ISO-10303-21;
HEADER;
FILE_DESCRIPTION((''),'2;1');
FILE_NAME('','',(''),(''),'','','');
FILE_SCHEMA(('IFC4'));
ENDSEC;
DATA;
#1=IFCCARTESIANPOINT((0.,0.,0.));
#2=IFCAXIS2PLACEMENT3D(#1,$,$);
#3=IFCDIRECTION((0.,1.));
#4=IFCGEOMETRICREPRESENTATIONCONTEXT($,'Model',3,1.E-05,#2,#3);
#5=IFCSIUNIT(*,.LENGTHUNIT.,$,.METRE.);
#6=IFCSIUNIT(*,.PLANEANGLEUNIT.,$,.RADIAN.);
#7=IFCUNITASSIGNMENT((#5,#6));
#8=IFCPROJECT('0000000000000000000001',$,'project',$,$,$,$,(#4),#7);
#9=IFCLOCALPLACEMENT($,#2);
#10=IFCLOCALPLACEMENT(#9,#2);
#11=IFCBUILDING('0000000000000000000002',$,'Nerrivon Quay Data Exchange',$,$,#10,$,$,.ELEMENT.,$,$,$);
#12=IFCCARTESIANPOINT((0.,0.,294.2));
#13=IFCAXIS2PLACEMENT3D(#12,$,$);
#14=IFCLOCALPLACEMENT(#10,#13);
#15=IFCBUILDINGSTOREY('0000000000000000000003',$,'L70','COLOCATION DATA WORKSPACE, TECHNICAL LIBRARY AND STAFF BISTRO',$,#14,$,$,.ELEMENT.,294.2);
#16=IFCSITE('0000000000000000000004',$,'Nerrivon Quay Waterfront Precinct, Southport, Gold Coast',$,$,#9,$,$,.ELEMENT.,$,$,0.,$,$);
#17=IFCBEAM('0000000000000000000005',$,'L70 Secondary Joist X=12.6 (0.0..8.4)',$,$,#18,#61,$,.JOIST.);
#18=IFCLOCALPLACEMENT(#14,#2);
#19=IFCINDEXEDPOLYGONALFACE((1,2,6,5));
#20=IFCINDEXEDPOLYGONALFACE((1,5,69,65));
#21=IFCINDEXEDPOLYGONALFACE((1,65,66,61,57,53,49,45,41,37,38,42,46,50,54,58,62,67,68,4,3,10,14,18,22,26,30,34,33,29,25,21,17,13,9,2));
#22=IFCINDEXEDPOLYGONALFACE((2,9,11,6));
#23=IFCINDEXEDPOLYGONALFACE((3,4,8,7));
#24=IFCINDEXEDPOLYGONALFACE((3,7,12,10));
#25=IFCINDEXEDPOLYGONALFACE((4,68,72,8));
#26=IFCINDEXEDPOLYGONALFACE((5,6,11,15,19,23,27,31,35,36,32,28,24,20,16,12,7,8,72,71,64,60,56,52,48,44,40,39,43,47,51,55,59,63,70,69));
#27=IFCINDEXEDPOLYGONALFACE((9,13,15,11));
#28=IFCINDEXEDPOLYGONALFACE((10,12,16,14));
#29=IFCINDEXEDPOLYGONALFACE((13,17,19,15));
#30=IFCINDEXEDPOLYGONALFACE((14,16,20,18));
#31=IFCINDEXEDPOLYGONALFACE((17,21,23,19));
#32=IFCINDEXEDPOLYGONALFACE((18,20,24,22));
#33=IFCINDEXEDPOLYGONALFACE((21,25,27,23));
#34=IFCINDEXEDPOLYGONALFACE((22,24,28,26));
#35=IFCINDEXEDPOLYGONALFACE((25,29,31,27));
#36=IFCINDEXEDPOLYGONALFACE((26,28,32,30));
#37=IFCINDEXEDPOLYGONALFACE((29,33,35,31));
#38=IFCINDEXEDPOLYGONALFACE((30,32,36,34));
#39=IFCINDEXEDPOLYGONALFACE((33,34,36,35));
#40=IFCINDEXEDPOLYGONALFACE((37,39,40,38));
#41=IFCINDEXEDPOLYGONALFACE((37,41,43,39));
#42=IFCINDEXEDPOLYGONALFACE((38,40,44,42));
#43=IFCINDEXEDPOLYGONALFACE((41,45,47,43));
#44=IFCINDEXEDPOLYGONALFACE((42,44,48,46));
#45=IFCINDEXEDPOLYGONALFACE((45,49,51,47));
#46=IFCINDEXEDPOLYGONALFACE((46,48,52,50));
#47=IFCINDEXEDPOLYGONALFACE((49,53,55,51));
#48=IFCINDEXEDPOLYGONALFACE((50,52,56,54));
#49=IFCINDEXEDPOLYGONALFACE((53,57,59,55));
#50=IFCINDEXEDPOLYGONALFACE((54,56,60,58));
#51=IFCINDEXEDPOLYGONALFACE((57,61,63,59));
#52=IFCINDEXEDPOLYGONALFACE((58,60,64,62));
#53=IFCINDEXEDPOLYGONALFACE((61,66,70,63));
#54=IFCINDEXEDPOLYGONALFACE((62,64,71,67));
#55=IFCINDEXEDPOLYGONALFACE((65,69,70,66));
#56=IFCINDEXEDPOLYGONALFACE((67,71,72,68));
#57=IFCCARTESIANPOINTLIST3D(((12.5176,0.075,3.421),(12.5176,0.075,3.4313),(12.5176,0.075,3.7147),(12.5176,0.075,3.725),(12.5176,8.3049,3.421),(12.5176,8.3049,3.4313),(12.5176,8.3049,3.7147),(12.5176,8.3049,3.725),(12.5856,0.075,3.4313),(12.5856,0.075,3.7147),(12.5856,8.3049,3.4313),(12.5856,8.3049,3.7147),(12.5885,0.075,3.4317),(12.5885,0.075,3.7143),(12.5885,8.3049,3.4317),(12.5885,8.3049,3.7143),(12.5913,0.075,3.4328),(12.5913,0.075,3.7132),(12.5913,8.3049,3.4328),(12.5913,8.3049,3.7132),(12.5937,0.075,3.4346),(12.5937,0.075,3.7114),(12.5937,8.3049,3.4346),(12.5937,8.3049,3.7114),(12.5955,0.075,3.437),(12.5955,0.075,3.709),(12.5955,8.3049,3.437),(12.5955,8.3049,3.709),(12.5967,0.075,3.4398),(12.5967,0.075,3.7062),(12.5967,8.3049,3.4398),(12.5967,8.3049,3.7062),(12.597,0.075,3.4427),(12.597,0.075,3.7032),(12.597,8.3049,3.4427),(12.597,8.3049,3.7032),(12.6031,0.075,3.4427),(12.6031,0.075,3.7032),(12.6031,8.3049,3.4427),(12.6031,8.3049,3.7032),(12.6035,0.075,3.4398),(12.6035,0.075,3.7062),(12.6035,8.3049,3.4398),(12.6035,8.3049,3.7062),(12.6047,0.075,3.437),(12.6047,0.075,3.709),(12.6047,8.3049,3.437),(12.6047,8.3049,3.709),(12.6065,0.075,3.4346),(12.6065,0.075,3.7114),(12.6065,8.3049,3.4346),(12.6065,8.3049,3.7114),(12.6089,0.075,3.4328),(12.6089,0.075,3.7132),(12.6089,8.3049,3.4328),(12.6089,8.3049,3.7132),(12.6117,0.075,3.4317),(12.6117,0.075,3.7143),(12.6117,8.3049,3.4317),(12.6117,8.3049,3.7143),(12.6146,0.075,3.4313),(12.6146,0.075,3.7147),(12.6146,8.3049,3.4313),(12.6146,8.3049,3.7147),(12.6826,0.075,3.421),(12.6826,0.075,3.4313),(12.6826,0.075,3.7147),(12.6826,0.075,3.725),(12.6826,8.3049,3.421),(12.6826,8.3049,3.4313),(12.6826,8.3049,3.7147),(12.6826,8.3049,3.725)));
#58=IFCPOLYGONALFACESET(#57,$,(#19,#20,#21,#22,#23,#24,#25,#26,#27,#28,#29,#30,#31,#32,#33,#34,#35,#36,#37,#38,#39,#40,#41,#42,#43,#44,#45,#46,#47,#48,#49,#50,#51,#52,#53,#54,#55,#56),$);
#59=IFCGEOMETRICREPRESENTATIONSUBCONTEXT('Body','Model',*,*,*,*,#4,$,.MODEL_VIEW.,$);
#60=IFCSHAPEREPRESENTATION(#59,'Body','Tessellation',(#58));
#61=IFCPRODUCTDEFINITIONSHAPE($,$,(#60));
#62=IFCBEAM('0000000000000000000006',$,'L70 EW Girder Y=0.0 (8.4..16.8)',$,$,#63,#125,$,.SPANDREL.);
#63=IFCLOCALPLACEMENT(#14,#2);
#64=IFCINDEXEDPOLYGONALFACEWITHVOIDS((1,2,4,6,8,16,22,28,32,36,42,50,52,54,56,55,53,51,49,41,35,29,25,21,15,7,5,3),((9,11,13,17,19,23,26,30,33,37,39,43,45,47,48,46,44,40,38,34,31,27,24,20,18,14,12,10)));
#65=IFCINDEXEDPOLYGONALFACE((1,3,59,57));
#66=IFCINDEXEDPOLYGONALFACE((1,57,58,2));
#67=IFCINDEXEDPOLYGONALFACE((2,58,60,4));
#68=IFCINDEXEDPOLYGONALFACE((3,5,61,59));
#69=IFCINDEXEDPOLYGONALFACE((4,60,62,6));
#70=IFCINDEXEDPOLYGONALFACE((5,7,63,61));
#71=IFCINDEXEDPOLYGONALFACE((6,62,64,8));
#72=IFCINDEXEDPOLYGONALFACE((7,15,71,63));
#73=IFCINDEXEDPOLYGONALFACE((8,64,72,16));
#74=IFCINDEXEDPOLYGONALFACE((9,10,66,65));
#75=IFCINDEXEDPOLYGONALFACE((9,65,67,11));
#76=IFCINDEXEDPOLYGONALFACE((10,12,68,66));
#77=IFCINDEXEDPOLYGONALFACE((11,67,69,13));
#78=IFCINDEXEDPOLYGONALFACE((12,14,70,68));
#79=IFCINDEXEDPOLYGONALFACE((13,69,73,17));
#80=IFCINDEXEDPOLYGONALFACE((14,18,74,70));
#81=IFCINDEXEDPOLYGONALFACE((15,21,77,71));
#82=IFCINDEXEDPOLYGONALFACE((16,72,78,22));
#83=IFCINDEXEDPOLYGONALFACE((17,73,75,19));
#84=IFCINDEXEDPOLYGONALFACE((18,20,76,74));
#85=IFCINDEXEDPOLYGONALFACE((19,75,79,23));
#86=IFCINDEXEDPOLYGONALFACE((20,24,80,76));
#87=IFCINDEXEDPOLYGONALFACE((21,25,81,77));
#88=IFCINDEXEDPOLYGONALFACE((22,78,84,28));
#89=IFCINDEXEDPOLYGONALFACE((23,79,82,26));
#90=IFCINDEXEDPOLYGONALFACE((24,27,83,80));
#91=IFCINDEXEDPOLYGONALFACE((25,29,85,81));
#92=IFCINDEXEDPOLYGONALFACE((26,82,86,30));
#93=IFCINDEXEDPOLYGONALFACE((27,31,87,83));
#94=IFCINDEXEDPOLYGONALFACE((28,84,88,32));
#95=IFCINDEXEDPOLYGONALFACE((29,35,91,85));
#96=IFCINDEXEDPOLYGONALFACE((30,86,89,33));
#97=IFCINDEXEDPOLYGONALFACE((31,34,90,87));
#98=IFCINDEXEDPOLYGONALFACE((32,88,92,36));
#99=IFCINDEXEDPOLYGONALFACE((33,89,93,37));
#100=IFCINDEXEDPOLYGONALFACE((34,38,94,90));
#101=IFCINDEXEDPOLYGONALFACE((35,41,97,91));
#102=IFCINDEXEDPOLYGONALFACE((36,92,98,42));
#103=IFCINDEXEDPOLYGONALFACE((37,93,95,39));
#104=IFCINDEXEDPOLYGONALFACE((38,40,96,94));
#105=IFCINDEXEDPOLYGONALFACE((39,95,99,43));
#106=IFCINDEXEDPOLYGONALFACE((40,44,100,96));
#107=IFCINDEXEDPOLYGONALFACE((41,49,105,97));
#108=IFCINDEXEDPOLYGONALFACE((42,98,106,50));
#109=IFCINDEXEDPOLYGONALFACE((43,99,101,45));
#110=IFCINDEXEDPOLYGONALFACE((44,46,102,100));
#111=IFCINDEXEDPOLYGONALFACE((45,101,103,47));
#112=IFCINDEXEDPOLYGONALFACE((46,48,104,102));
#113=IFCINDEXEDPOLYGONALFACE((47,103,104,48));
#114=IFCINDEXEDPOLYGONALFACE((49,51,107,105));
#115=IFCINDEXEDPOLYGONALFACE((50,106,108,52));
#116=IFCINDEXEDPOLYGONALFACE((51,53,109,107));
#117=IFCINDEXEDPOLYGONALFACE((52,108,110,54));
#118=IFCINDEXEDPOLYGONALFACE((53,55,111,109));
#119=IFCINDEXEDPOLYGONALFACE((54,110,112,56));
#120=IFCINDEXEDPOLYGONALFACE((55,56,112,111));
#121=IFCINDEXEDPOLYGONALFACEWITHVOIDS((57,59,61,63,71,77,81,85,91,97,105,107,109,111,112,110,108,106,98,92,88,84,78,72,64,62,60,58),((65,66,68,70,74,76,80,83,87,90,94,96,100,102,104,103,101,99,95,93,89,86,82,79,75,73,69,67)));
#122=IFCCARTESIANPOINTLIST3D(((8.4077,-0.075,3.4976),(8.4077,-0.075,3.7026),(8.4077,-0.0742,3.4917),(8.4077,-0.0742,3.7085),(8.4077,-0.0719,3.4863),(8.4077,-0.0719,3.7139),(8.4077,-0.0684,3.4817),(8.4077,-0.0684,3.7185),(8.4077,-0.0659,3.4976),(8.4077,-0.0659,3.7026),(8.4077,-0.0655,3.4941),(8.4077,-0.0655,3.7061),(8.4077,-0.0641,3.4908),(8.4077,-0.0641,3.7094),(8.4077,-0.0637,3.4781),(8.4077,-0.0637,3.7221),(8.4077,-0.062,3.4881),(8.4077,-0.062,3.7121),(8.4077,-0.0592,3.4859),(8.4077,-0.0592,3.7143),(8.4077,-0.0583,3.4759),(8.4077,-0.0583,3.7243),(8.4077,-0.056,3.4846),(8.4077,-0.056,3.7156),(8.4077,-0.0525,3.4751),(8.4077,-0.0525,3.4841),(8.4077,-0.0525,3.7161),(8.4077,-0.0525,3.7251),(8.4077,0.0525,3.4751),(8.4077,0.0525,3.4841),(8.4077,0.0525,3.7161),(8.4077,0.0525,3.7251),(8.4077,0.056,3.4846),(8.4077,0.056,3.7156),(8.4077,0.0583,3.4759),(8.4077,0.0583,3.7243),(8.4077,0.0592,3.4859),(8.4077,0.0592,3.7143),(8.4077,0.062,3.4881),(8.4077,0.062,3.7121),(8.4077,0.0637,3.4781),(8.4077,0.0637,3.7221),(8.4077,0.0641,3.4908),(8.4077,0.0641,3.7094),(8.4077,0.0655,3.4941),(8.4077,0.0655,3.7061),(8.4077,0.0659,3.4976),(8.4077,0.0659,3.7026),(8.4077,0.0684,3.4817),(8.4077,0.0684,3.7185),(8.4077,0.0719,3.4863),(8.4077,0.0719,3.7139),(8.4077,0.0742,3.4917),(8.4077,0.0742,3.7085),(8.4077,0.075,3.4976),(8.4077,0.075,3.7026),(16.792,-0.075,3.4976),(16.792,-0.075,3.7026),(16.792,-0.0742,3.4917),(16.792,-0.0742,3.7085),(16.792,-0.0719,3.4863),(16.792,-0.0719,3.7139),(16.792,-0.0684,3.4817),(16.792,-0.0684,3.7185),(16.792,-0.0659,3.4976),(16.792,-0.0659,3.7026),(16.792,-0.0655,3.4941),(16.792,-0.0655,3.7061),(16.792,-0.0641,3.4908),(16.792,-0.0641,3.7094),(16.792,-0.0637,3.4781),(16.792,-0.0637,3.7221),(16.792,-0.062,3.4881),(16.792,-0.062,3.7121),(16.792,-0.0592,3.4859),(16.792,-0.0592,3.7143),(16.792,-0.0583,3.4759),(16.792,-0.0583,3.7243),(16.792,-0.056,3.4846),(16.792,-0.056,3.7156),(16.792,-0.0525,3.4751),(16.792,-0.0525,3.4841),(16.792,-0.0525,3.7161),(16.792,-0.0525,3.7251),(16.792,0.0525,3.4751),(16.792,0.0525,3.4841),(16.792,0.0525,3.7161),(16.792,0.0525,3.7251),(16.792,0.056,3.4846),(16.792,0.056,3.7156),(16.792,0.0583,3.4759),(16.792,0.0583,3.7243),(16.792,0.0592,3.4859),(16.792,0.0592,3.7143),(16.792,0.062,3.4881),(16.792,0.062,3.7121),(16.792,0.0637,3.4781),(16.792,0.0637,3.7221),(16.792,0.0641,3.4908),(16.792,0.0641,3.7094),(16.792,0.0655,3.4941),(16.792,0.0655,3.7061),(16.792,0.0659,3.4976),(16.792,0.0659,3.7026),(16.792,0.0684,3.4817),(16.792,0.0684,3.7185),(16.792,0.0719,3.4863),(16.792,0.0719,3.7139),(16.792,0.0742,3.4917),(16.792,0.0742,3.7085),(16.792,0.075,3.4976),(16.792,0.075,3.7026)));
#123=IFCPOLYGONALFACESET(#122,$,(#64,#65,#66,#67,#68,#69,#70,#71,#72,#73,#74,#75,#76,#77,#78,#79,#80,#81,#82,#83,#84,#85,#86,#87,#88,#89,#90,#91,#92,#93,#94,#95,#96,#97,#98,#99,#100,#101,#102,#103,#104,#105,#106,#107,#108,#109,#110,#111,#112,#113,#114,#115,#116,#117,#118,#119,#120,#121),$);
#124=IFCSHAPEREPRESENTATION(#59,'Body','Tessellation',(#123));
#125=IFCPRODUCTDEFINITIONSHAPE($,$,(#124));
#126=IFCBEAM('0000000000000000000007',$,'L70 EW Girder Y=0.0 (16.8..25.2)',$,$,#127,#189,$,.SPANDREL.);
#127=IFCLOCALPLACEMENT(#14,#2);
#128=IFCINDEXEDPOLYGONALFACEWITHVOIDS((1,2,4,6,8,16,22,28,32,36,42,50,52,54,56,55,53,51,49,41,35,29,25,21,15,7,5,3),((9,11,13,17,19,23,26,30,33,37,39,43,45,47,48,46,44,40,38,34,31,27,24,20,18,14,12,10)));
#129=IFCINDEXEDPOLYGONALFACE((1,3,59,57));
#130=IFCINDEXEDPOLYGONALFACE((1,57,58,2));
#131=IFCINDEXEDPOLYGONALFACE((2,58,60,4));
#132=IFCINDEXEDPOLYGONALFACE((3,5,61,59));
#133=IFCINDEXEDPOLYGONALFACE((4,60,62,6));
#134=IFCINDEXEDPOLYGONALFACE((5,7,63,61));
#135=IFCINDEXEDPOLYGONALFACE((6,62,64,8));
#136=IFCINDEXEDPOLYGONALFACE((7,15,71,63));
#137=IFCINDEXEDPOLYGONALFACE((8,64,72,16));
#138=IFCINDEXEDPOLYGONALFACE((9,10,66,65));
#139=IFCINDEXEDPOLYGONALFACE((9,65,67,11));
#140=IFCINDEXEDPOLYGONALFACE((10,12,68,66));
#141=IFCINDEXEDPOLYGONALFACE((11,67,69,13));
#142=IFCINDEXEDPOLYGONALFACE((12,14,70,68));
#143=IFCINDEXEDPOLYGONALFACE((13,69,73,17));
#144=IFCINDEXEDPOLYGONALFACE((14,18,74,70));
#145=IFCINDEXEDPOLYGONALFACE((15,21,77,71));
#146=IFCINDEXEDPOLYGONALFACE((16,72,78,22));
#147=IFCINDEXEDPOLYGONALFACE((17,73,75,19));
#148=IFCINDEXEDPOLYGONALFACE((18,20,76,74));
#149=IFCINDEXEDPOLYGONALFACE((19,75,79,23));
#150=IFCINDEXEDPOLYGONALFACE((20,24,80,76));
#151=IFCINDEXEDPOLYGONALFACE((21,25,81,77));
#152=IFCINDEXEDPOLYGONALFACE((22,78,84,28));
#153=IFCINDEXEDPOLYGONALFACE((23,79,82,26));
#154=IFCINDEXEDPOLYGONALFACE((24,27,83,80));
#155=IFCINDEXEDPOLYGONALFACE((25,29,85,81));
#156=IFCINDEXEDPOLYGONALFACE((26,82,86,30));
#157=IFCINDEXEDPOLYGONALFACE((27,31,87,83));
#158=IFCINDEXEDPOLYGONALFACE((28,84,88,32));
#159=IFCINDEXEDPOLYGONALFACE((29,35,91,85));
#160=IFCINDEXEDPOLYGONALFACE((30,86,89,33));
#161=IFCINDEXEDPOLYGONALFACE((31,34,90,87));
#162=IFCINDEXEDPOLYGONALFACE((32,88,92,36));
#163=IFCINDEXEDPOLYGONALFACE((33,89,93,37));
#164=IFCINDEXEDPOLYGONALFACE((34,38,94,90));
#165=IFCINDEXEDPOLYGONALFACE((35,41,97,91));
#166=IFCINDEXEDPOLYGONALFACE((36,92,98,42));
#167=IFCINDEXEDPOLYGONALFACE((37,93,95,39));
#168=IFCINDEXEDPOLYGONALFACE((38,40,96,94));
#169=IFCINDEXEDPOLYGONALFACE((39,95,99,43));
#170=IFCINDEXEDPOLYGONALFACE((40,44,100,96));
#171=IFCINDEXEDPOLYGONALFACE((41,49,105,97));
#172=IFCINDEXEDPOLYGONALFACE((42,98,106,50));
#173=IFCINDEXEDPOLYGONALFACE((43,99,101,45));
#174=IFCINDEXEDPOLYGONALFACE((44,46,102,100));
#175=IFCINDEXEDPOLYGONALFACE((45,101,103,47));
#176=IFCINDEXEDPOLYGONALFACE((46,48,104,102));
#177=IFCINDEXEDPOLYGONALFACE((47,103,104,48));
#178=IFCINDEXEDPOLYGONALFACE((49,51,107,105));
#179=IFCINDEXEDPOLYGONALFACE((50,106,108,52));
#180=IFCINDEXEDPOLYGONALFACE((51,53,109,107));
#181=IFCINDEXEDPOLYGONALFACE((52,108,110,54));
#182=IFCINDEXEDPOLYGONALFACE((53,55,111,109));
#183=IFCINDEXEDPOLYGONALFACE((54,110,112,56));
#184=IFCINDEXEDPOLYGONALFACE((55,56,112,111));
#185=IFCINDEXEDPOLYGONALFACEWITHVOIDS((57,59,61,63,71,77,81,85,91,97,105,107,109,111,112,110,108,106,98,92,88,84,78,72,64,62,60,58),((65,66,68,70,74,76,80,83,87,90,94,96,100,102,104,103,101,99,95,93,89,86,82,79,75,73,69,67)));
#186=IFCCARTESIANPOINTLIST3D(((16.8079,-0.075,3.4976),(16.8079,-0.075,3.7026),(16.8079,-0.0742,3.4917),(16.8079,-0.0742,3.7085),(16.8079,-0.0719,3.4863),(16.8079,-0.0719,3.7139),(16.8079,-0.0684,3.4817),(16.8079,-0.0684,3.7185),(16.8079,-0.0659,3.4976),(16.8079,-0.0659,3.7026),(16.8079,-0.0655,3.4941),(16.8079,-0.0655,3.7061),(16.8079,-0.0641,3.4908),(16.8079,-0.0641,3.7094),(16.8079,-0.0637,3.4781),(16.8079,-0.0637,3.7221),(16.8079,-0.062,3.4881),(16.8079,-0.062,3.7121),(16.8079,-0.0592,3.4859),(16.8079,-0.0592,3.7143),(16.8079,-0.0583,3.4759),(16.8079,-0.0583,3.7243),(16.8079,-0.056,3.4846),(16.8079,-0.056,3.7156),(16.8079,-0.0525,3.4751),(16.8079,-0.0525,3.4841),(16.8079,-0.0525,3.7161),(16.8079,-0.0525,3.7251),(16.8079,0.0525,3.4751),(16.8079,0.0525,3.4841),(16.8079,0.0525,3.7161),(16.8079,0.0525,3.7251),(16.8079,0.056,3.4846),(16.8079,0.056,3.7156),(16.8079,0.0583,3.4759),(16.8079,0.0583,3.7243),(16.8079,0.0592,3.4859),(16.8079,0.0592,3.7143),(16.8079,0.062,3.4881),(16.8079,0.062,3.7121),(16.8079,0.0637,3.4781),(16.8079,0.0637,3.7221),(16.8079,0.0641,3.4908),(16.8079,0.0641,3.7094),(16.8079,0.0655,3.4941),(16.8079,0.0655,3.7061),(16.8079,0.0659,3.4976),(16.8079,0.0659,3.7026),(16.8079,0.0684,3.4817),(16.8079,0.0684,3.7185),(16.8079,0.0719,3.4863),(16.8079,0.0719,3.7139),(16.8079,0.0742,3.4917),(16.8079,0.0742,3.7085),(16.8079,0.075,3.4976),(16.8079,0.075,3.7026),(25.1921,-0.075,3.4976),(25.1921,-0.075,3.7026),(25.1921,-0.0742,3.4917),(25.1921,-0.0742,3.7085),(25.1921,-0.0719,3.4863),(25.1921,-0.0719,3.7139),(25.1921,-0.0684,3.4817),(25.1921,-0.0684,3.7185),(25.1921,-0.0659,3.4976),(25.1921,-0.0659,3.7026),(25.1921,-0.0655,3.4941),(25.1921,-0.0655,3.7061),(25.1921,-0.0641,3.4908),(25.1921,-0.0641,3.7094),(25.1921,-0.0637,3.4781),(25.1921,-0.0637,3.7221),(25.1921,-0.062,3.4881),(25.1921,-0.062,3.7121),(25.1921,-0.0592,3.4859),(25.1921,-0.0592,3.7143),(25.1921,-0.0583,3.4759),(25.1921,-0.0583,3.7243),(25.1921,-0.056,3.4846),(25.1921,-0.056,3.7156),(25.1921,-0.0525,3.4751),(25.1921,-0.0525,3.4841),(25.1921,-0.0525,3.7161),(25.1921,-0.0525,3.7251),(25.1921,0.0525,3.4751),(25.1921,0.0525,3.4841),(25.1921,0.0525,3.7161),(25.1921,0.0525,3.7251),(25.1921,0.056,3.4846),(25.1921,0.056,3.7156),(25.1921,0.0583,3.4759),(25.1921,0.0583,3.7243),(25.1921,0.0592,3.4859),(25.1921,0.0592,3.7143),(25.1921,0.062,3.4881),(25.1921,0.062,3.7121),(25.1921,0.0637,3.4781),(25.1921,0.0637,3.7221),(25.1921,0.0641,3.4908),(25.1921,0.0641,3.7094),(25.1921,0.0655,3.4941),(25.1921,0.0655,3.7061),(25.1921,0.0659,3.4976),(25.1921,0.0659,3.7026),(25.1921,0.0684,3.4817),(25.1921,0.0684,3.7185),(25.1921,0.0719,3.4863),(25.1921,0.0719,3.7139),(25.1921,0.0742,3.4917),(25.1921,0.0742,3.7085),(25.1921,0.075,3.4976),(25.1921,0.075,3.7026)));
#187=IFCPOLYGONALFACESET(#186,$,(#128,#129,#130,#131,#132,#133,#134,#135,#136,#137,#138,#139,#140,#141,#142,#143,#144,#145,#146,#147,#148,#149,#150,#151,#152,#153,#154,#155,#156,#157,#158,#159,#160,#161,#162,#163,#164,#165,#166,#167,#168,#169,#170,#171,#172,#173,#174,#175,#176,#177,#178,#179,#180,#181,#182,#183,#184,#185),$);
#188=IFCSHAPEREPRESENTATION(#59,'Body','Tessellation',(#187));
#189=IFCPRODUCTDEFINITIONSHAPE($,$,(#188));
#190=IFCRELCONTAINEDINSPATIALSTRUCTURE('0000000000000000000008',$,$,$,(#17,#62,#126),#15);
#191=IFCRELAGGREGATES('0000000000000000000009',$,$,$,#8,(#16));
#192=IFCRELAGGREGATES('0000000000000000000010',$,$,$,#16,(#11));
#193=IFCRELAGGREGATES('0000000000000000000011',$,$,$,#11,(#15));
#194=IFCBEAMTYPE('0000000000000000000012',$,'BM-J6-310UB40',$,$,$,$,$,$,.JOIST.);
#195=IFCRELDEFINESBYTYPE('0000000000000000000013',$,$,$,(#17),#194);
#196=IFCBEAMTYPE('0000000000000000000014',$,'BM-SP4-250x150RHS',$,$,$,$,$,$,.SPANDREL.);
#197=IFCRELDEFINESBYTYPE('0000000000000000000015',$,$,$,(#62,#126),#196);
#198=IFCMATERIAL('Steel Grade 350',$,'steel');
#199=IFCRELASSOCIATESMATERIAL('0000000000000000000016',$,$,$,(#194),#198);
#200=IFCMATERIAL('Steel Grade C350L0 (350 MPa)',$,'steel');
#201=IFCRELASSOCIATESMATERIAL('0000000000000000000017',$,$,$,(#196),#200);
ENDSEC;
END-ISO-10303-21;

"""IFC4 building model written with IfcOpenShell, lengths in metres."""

from ifc_helpers import new_model, si_unit, direction, frame, origin, origin_2d, place, context, subcontext, project, spatial, hollow_rectangle, i_section, extrude, material, material_profile, profile_set, type_object, element, save


model = new_model("IFC4")

# Units and contexts
model_context = context("Model", 3, precision=1e-05, world=origin(), true_north=direction((0.0, 1.0)))
body_context = subcontext(model_context, "Body", "Model", "MODEL_VIEW")
ifc_project = project(units=[si_unit("LENGTHUNIT", "METRE"), si_unit("PLANEANGLEUNIT", "RADIAN")], contexts=[model_context])

# Site, building, storey
site_placement = place(None, origin())
site = spatial("IfcSite", under=ifc_project, at=site_placement, Name="Nerrivon Quay Waterfront Precinct, Southport, Gold Coast", CompositionType="ELEMENT", RefElevation=0.0)
building_placement = place(site_placement, origin())
building = spatial("IfcBuilding", under=site, at=building_placement, Name="Nerrivon Quay Data Exchange", CompositionType="ELEMENT")
storey_placement = place(building_placement, frame((0.0, 0.0, 294.2)))
storey = spatial("IfcBuildingStorey", under=building, at=storey_placement, Name="L70", Description="COLOCATION DATA WORKSPACE, TECHNICAL LIBRARY AND STAFF BISTRO", CompositionType="ELEMENT", Elevation=294.2)

# Shared definitions
ifc_material_1 = material(Name="Steel Grade 350", Category="steel")

# Beams
ifc_material_profile_1 = material_profile(ifc_material_1, i_section(OverallWidth=0.165, OverallDepth=0.304, WebThickness=0.0061, FlangeThickness=0.0103, FilletRadius=0.0115, at=origin_2d()), Name="310UB40.4")
ifc_profile_set_1 = profile_set([ifc_material_profile_1], Name="Steel Grade 350")
beam_type_1 = type_object("IfcBeamType", Name="BM-J6-310UB40", PredefinedType="JOIST", material=ifc_profile_set_1)
beam_1_placement = place(storey_placement, frame((12.6001, 0.075, 3.573), z_axis=(0.0, 1.0, 0.0), x_axis=(-1.0, 0.0, 0.0)))
element("IfcBeam", 1, at=beam_1_placement, inside=storey, type_object=beam_type_1, Name="L70 Secondary Joist X=12.6 (0.0..8.4)", PredefinedType="JOIST", context=body_context, shape_type="SweptSolid", body=[
    extrude(i_section(OverallWidth=0.165, OverallDepth=0.304, WebThickness=0.0061, FlangeThickness=0.0103, FilletRadius=0.0115, at=origin_2d()), origin(), (0.0, 0.0, 1.0), 8.23),
])
ifc_material_2 = material(Name="Steel Grade C350L0 (350 MPa)", Category="steel")
ifc_material_profile_2 = material_profile(ifc_material_2, hollow_rectangle(XDim=0.1499, YDim=0.25, WallThickness=0.009, InnerFilletRadius=0.0134, OuterFilletRadius=0.0225, at=origin_2d()), Name="250x150x9.0RHS")
ifc_profile_set_2 = profile_set([ifc_material_profile_2], Name="Steel Grade C350L0 (350 MPa)")
beam_type_2 = type_object("IfcBeamType", Name="BM-SP4-250x150RHS", PredefinedType="SPANDREL", material=ifc_profile_set_2)
for number, where, z_axis, x_axis, name in (
    (2, (8.4077, 0.0, 3.6001), (1.0, 0.0, 0.0), (0.0, 1.0, 0.0), "L70 EW Girder Y=0.0 (8.4..16.8)"),
    (3, (16.8079, 0.0, 3.6001), (1.0, 0.0, 0.0), (0.0, 1.0, 0.0), "L70 EW Girder Y=0.0 (16.8..25.2)"),
):
    element("IfcBeam", number, at=place(storey_placement, frame(where, z_axis=z_axis, x_axis=x_axis)), inside=storey, type_object=beam_type_2, Name=name, PredefinedType="SPANDREL", context=body_context, shape_type="SweptSolid", body=[
        extrude(hollow_rectangle(XDim=0.1499, YDim=0.25, WallThickness=0.009, InnerFilletRadius=0.0134, OuterFilletRadius=0.0225, at=origin_2d()), origin(), (0.0, 0.0, 1.0), 8.3843),
    ])

save(model, "model.ifc")
